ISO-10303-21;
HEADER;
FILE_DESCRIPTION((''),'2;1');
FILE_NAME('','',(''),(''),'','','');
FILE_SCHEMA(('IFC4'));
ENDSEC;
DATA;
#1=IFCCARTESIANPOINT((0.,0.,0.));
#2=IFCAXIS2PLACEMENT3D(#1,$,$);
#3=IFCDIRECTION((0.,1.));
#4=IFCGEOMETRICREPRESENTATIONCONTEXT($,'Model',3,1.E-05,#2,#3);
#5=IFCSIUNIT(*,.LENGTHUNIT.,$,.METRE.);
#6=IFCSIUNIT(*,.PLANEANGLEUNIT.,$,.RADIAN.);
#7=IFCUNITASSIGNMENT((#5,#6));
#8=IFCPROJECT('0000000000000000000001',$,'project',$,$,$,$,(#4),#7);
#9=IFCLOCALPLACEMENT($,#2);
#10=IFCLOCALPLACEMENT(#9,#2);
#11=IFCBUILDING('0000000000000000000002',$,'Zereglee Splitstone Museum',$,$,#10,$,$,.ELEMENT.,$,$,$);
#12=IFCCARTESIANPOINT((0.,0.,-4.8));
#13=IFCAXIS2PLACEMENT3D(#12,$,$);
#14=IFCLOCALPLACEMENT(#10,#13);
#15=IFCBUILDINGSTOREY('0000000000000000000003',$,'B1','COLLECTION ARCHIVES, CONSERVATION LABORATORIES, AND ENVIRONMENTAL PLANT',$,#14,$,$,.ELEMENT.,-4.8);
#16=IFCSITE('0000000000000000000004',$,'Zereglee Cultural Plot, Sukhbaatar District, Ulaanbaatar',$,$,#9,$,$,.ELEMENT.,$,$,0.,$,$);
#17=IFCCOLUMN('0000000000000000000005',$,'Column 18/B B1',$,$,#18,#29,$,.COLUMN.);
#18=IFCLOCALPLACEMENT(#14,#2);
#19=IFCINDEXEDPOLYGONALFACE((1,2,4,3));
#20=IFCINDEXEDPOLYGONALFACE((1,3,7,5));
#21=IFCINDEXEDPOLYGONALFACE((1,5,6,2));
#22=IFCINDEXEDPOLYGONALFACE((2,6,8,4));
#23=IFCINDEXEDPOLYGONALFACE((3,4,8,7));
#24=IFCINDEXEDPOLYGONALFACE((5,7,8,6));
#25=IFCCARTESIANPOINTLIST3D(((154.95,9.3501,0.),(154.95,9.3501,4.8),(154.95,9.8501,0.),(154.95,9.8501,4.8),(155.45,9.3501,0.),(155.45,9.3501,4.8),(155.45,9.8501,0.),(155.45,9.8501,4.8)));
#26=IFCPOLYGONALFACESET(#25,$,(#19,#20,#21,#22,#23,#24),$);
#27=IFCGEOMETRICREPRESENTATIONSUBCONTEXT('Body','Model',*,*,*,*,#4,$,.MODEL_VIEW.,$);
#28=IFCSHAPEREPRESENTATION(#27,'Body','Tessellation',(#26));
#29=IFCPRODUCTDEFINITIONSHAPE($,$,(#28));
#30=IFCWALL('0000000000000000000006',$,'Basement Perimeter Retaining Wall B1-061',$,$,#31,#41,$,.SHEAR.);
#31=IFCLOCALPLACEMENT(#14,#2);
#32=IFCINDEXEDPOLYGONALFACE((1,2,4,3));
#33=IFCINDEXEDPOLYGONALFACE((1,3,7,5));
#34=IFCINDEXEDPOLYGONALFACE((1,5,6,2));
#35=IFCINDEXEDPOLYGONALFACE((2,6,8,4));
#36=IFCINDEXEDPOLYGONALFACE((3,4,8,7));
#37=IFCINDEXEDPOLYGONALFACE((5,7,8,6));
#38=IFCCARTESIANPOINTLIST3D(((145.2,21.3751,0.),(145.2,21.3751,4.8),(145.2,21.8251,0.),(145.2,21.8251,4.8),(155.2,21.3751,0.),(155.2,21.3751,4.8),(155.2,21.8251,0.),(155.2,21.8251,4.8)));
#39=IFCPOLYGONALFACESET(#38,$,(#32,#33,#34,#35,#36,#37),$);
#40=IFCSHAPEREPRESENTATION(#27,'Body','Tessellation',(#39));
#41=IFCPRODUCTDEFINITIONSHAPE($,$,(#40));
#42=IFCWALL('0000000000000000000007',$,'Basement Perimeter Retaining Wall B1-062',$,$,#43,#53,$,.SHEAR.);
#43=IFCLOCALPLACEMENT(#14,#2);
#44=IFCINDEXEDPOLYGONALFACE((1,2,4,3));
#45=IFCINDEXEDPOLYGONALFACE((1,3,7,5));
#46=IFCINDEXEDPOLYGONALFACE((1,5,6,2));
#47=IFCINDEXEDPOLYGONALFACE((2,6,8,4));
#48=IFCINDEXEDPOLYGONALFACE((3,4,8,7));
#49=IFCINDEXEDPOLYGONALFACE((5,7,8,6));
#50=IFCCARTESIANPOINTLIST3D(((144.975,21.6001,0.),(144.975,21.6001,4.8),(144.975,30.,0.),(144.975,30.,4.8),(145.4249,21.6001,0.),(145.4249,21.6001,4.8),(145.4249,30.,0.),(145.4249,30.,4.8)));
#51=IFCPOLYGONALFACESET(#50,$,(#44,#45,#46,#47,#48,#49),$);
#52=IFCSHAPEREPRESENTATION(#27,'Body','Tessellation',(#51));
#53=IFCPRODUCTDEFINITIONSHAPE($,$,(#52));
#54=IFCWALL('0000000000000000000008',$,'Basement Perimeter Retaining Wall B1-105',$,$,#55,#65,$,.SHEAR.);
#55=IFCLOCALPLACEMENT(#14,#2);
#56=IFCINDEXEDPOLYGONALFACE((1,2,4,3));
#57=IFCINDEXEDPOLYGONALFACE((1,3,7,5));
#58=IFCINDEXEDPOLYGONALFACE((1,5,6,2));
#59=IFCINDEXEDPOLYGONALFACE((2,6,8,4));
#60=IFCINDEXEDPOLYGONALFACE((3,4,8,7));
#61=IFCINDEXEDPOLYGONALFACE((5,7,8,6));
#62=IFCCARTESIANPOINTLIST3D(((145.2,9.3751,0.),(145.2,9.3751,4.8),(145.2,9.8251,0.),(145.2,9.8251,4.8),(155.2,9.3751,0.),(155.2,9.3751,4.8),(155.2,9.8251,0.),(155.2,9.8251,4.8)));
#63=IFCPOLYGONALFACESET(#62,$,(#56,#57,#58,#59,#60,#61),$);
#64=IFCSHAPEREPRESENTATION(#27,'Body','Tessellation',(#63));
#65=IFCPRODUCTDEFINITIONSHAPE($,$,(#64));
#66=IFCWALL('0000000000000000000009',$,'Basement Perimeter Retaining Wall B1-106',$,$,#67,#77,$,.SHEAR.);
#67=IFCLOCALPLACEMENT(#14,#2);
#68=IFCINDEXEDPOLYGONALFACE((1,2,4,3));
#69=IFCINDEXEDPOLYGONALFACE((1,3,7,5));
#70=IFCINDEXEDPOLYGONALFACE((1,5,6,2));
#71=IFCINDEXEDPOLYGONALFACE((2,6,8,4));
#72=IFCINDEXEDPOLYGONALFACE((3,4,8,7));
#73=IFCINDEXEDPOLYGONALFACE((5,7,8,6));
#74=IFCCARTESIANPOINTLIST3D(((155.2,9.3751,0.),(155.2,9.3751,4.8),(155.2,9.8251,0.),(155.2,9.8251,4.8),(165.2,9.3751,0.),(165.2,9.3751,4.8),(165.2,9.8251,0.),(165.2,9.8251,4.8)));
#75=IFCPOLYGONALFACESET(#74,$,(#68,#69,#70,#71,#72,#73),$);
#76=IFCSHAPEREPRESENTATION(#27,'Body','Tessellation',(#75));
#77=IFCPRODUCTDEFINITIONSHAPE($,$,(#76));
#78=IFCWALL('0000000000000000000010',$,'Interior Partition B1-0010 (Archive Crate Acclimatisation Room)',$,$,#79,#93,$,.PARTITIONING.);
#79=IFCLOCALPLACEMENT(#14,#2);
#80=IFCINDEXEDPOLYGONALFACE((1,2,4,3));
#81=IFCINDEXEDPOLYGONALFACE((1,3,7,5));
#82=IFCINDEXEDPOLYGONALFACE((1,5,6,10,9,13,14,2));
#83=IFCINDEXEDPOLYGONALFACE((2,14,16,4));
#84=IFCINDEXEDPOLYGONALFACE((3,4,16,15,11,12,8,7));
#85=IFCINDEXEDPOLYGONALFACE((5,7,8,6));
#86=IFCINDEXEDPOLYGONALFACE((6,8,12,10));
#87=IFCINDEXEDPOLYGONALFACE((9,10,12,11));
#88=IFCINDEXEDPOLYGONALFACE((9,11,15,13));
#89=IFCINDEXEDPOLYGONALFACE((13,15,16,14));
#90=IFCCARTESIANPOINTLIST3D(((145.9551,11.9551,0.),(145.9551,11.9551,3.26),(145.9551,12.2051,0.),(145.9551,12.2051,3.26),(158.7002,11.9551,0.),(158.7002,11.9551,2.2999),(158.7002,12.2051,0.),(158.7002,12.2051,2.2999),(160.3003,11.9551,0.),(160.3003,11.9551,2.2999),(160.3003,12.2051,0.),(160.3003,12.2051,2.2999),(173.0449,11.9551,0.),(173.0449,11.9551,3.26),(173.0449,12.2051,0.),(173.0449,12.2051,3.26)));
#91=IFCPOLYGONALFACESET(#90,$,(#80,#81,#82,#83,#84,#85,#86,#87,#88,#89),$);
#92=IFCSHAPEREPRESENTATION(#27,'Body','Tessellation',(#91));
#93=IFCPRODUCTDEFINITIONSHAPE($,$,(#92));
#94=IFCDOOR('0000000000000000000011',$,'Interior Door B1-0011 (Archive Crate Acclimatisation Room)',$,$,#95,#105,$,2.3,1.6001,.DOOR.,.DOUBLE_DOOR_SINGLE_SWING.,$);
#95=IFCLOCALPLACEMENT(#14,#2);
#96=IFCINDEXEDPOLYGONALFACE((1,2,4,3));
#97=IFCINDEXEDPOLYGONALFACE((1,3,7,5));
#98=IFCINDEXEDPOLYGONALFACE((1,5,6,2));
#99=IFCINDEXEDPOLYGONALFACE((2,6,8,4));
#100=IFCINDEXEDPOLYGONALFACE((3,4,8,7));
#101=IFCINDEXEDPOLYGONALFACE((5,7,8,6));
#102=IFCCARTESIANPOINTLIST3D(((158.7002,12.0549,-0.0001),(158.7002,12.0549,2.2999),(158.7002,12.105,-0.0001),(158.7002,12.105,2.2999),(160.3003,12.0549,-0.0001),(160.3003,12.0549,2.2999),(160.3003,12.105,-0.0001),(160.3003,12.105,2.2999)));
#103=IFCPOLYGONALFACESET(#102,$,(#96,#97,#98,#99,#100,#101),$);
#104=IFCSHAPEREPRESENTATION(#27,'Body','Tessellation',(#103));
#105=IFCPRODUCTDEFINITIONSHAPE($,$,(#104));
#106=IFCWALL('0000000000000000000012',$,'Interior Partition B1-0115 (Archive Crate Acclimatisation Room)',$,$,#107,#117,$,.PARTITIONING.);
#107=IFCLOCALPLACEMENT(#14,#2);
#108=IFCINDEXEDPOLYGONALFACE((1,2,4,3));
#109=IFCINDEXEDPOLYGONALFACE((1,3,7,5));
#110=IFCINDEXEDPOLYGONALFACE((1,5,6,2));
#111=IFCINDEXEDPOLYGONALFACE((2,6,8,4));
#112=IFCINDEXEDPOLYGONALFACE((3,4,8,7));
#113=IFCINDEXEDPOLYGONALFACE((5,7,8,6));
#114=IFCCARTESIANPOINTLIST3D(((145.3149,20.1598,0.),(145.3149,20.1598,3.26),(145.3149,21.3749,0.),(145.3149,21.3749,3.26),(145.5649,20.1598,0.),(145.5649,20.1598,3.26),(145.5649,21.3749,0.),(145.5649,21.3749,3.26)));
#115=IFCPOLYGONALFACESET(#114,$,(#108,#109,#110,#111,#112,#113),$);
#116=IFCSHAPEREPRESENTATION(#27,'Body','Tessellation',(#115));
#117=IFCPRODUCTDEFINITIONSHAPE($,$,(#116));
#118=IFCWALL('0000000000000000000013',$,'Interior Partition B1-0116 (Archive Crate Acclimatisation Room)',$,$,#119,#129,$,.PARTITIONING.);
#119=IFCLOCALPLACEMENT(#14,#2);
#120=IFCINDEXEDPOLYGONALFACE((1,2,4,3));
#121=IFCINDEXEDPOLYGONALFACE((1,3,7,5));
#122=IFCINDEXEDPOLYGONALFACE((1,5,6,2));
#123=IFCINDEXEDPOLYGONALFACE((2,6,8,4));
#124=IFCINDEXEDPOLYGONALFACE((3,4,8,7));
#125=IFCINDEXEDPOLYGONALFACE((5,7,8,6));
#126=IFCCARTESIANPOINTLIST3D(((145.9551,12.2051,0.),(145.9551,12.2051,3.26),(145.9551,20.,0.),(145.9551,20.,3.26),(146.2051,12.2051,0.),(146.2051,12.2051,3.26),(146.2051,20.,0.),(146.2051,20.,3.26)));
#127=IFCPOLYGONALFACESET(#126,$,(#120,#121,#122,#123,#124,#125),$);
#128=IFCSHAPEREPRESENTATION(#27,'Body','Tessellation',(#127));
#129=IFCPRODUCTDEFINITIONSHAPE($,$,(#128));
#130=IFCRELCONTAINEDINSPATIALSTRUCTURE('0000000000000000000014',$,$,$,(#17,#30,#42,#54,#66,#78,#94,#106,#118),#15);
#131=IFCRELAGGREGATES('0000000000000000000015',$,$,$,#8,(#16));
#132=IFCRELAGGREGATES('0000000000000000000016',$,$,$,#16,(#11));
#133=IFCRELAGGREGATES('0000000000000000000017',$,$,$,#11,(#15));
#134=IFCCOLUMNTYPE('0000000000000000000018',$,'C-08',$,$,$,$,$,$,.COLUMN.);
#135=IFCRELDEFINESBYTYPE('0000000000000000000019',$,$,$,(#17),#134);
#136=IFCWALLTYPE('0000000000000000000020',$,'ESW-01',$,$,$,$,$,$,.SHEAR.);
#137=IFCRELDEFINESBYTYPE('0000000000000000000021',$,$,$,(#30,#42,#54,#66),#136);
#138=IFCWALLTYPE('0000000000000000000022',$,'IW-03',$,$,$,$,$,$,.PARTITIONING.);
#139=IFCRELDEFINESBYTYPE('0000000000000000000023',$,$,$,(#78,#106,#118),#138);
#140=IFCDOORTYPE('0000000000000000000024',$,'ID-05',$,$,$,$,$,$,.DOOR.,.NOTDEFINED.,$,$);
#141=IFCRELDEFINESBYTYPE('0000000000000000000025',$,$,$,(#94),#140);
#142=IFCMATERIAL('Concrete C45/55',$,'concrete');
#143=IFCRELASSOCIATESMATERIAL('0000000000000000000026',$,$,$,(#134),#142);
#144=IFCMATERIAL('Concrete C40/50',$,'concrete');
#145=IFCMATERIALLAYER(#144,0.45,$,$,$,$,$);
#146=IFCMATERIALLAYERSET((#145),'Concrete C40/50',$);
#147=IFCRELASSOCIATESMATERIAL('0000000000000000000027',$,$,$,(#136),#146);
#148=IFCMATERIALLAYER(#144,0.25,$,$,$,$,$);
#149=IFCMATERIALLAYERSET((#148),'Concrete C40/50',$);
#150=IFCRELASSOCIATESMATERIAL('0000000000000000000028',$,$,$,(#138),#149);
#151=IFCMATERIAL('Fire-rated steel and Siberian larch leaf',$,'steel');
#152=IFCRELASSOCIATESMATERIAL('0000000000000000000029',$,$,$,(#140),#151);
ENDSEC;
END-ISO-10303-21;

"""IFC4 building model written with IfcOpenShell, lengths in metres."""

from ifc_helpers import new_model, si_unit, direction, frame, frame_2d, origin, origin_2d, place, context, subcontext, project, spatial, rectangle, extrude, material, layer, layer_set, material_profile, profile_set, type_object, element, fill, save


model = new_model("IFC4")

# Units and contexts
model_context = context("Model", 3, precision=1e-05, world=origin(), true_north=direction((0.0, 1.0)))
body_context = subcontext(model_context, "Body", "Model", "MODEL_VIEW")
ifc_project = project(units=[si_unit("LENGTHUNIT", "METRE"), si_unit("PLANEANGLEUNIT", "RADIAN")], contexts=[model_context])

# Site, building, storey
site_placement = place(None, origin())
site = spatial("IfcSite", under=ifc_project, at=site_placement, Name="Zereglee Cultural Plot, Sukhbaatar District, Ulaanbaatar", CompositionType="ELEMENT", RefElevation=0.0)
building_placement = place(site_placement, origin())
building = spatial("IfcBuilding", under=site, at=building_placement, Name="Zereglee Splitstone Museum", CompositionType="ELEMENT")
storey_placement = place(building_placement, frame((0.0, 0.0, -4.8)))
storey = spatial("IfcBuildingStorey", under=building, at=storey_placement, Name="B1", Description="COLLECTION ARCHIVES, CONSERVATION LABORATORIES, AND ENVIRONMENTAL PLANT", CompositionType="ELEMENT", Elevation=-4.8)

# Shared definitions
ifc_material_1 = material(Name="Concrete C40/50", Category="concrete")

# Column
ifc_material_2 = material(Name="Concrete C45/55", Category="concrete")
ifc_material_profile_1 = material_profile(ifc_material_2, rectangle(XDim=0.5, YDim=0.5, at=origin_2d()), Name="RC 500x500")
ifc_profile_set_1 = profile_set([ifc_material_profile_1], Name="Concrete C45/55")
column_type_1 = type_object("IfcColumnType", Name="C-08", PredefinedType="COLUMN", material=ifc_profile_set_1)
column_1_placement = place(storey_placement, frame((155.2, 9.6001, 0.0), z_axis=(0.0, 0.0, 1.0), x_axis=(1.0, 0.0, 0.0)))
element("IfcColumn", 1, at=column_1_placement, inside=storey, type_object=column_type_1, Name="Column 18/B B1", PredefinedType="COLUMN", context=body_context, shape_type="SweptSolid", body=[
    extrude(rectangle(XDim=0.5, YDim=0.5, at=origin_2d()), origin(), (0.0, 0.0, 1.0), 4.8),
])

# Walls
ifc_layer_1 = layer(ifc_material_1, 0.45)
ifc_layer_set_1 = layer_set([ifc_layer_1], Name="Concrete C40/50")
wall_type_1 = type_object("IfcWallType", Name="ESW-01", PredefinedType="SHEAR", material=ifc_layer_set_1)
wall_1_placement = place(storey_placement, frame((155.2, 21.6001, 0.0), z_axis=(0.0, 0.0, 1.0), x_axis=(-1.0, 0.0, 0.0)))
element("IfcWall", 2, at=wall_1_placement, inside=storey, type_object=wall_type_1, Name="Basement Perimeter Retaining Wall B1-061", PredefinedType="SHEAR", context=body_context, shape_type="SweptSolid", body=[
    extrude(rectangle(XDim=10.0, YDim=0.45, at=frame_2d((5.0, 0.0))), origin(), (0.0, 0.0, 1.0), 4.8),
])
wall_2_placement = place(storey_placement, frame((145.2, 21.6001, 0.0), z_axis=(0.0, 0.0, 1.0), x_axis=(0.0, 1.0, 0.0)))
element("IfcWall", 3, at=wall_2_placement, inside=storey, type_object=wall_type_1, Name="Basement Perimeter Retaining Wall B1-062", PredefinedType="SHEAR", context=body_context, shape_type="SweptSolid", body=[
    extrude(rectangle(XDim=8.3999, YDim=0.45, at=frame_2d((4.2, 0.0))), origin(), (0.0, 0.0, 1.0), 4.8),
])
for number, where, z_axis, x_axis, name in (
    (4, (145.2, 9.6001, 0.0), (0.0, 0.0, 1.0), (1.0, 0.0, 0.0), "Basement Perimeter Retaining Wall B1-105"),
    (5, (155.2, 9.6001, 0.0), (0.0, 0.0, 1.0), (1.0, 0.0, 0.0), "Basement Perimeter Retaining Wall B1-106"),
):
    element("IfcWall", number, at=place(storey_placement, frame(where, z_axis=z_axis, x_axis=x_axis)), inside=storey, type_object=wall_type_1, Name=name, PredefinedType="SHEAR", context=body_context, shape_type="SweptSolid", body=[
        extrude(rectangle(XDim=10.0, YDim=0.45, at=frame_2d((5.0, 0.0))), origin(), (0.0, 0.0, 1.0), 4.8),
    ])

# Wall, opening, door
ifc_layer_2 = layer(ifc_material_1, 0.25)
ifc_layer_set_2 = layer_set([ifc_layer_2], Name="Concrete C40/50")
wall_type_2 = type_object("IfcWallType", Name="IW-03", PredefinedType="PARTITIONING", material=ifc_layer_set_2)
wall_3_placement = place(storey_placement, frame((145.9551, 12.0801, 0.0), z_axis=(0.0, 0.0, 1.0), x_axis=(1.0, 0.0, 0.0)))
wall_3 = element("IfcWall", 6, at=wall_3_placement, inside=storey, type_object=wall_type_2, Name="Interior Partition B1-0010 (Archive Crate Acclimatisation Room)", PredefinedType="PARTITIONING", context=body_context, shape_type="SweptSolid", body=[
    extrude(rectangle(XDim=27.0898, YDim=0.25, at=frame_2d((13.5449, 0.0))), origin(), (0.0, 0.0, 1.0), 3.26),
])
opening_placement = place(wall_3_placement, frame((12.7451, 0.0, 0.0)))
opening = element("IfcOpeningElement", 7, at=opening_placement, cuts=wall_3, PredefinedType="OPENING", context=body_context, shape_type="SweptSolid", body=[
    extrude(rectangle(XDim=1.6001, YDim=2.3, at=frame_2d((0.8, 1.1499))), frame((0.0, 0.1399, 0.0), z_axis=(0.0, -1.0, 0.0), x_axis=(1.0, 0.0, 0.0)), (0.0, 0.0, 1.0), 0.2798),
])
ifc_material_3 = material(Name="Fire-rated steel and Siberian larch leaf", Category="steel")
door_type = type_object("IfcDoorType", Name="ID-05", OperationType="NOTDEFINED", PredefinedType="DOOR", material=ifc_material_3)
door_placement = place(opening_placement, origin())
door = element("IfcDoor", 8, at=door_placement, inside=storey, type_object=door_type, Name="Interior Door B1-0011 (Archive Crate Acclimatisation Room)", OperationType="DOUBLE_DOOR_SINGLE_SWING", OverallHeight=2.3, OverallWidth=1.6001, PredefinedType="DOOR", context=body_context, shape_type="SweptSolid", body=[
    extrude(rectangle(XDim=1.6001, YDim=2.3, at=frame_2d((0.8, 1.1499))), frame((0.0, 0.0249, 0.0), z_axis=(0.0, -1.0, 0.0), x_axis=(1.0, 0.0, 0.0)), (0.0, 0.0, 1.0), 0.05),
])
fill(opening, door)

# Walls
wall_4_placement = place(storey_placement, frame((145.4399, 20.1599, 0.0), z_axis=(0.0, 0.0, 1.0), x_axis=(0.0, 1.0, 0.0)))
element("IfcWall", 9, at=wall_4_placement, inside=storey, type_object=wall_type_2, Name="Interior Partition B1-0115 (Archive Crate Acclimatisation Room)", PredefinedType="PARTITIONING", context=body_context, shape_type="SweptSolid", body=[
    extrude(rectangle(XDim=1.2151, YDim=0.25, at=frame_2d((0.6074, 0.0))), origin(), (0.0, 0.0, 1.0), 3.26),
])
wall_5_placement = place(storey_placement, frame((146.0801, 12.2051, 0.0), z_axis=(0.0, 0.0, 1.0), x_axis=(0.0, 1.0, 0.0)))
element("IfcWall", 10, at=wall_5_placement, inside=storey, type_object=wall_type_2, Name="Interior Partition B1-0116 (Archive Crate Acclimatisation Room)", PredefinedType="PARTITIONING", context=body_context, shape_type="SweptSolid", body=[
    extrude(rectangle(XDim=7.7949, YDim=0.25, at=frame_2d((3.8975, 0.0))), origin(), (0.0, 0.0, 1.0), 3.26),
])

save(model, "model.ifc")
